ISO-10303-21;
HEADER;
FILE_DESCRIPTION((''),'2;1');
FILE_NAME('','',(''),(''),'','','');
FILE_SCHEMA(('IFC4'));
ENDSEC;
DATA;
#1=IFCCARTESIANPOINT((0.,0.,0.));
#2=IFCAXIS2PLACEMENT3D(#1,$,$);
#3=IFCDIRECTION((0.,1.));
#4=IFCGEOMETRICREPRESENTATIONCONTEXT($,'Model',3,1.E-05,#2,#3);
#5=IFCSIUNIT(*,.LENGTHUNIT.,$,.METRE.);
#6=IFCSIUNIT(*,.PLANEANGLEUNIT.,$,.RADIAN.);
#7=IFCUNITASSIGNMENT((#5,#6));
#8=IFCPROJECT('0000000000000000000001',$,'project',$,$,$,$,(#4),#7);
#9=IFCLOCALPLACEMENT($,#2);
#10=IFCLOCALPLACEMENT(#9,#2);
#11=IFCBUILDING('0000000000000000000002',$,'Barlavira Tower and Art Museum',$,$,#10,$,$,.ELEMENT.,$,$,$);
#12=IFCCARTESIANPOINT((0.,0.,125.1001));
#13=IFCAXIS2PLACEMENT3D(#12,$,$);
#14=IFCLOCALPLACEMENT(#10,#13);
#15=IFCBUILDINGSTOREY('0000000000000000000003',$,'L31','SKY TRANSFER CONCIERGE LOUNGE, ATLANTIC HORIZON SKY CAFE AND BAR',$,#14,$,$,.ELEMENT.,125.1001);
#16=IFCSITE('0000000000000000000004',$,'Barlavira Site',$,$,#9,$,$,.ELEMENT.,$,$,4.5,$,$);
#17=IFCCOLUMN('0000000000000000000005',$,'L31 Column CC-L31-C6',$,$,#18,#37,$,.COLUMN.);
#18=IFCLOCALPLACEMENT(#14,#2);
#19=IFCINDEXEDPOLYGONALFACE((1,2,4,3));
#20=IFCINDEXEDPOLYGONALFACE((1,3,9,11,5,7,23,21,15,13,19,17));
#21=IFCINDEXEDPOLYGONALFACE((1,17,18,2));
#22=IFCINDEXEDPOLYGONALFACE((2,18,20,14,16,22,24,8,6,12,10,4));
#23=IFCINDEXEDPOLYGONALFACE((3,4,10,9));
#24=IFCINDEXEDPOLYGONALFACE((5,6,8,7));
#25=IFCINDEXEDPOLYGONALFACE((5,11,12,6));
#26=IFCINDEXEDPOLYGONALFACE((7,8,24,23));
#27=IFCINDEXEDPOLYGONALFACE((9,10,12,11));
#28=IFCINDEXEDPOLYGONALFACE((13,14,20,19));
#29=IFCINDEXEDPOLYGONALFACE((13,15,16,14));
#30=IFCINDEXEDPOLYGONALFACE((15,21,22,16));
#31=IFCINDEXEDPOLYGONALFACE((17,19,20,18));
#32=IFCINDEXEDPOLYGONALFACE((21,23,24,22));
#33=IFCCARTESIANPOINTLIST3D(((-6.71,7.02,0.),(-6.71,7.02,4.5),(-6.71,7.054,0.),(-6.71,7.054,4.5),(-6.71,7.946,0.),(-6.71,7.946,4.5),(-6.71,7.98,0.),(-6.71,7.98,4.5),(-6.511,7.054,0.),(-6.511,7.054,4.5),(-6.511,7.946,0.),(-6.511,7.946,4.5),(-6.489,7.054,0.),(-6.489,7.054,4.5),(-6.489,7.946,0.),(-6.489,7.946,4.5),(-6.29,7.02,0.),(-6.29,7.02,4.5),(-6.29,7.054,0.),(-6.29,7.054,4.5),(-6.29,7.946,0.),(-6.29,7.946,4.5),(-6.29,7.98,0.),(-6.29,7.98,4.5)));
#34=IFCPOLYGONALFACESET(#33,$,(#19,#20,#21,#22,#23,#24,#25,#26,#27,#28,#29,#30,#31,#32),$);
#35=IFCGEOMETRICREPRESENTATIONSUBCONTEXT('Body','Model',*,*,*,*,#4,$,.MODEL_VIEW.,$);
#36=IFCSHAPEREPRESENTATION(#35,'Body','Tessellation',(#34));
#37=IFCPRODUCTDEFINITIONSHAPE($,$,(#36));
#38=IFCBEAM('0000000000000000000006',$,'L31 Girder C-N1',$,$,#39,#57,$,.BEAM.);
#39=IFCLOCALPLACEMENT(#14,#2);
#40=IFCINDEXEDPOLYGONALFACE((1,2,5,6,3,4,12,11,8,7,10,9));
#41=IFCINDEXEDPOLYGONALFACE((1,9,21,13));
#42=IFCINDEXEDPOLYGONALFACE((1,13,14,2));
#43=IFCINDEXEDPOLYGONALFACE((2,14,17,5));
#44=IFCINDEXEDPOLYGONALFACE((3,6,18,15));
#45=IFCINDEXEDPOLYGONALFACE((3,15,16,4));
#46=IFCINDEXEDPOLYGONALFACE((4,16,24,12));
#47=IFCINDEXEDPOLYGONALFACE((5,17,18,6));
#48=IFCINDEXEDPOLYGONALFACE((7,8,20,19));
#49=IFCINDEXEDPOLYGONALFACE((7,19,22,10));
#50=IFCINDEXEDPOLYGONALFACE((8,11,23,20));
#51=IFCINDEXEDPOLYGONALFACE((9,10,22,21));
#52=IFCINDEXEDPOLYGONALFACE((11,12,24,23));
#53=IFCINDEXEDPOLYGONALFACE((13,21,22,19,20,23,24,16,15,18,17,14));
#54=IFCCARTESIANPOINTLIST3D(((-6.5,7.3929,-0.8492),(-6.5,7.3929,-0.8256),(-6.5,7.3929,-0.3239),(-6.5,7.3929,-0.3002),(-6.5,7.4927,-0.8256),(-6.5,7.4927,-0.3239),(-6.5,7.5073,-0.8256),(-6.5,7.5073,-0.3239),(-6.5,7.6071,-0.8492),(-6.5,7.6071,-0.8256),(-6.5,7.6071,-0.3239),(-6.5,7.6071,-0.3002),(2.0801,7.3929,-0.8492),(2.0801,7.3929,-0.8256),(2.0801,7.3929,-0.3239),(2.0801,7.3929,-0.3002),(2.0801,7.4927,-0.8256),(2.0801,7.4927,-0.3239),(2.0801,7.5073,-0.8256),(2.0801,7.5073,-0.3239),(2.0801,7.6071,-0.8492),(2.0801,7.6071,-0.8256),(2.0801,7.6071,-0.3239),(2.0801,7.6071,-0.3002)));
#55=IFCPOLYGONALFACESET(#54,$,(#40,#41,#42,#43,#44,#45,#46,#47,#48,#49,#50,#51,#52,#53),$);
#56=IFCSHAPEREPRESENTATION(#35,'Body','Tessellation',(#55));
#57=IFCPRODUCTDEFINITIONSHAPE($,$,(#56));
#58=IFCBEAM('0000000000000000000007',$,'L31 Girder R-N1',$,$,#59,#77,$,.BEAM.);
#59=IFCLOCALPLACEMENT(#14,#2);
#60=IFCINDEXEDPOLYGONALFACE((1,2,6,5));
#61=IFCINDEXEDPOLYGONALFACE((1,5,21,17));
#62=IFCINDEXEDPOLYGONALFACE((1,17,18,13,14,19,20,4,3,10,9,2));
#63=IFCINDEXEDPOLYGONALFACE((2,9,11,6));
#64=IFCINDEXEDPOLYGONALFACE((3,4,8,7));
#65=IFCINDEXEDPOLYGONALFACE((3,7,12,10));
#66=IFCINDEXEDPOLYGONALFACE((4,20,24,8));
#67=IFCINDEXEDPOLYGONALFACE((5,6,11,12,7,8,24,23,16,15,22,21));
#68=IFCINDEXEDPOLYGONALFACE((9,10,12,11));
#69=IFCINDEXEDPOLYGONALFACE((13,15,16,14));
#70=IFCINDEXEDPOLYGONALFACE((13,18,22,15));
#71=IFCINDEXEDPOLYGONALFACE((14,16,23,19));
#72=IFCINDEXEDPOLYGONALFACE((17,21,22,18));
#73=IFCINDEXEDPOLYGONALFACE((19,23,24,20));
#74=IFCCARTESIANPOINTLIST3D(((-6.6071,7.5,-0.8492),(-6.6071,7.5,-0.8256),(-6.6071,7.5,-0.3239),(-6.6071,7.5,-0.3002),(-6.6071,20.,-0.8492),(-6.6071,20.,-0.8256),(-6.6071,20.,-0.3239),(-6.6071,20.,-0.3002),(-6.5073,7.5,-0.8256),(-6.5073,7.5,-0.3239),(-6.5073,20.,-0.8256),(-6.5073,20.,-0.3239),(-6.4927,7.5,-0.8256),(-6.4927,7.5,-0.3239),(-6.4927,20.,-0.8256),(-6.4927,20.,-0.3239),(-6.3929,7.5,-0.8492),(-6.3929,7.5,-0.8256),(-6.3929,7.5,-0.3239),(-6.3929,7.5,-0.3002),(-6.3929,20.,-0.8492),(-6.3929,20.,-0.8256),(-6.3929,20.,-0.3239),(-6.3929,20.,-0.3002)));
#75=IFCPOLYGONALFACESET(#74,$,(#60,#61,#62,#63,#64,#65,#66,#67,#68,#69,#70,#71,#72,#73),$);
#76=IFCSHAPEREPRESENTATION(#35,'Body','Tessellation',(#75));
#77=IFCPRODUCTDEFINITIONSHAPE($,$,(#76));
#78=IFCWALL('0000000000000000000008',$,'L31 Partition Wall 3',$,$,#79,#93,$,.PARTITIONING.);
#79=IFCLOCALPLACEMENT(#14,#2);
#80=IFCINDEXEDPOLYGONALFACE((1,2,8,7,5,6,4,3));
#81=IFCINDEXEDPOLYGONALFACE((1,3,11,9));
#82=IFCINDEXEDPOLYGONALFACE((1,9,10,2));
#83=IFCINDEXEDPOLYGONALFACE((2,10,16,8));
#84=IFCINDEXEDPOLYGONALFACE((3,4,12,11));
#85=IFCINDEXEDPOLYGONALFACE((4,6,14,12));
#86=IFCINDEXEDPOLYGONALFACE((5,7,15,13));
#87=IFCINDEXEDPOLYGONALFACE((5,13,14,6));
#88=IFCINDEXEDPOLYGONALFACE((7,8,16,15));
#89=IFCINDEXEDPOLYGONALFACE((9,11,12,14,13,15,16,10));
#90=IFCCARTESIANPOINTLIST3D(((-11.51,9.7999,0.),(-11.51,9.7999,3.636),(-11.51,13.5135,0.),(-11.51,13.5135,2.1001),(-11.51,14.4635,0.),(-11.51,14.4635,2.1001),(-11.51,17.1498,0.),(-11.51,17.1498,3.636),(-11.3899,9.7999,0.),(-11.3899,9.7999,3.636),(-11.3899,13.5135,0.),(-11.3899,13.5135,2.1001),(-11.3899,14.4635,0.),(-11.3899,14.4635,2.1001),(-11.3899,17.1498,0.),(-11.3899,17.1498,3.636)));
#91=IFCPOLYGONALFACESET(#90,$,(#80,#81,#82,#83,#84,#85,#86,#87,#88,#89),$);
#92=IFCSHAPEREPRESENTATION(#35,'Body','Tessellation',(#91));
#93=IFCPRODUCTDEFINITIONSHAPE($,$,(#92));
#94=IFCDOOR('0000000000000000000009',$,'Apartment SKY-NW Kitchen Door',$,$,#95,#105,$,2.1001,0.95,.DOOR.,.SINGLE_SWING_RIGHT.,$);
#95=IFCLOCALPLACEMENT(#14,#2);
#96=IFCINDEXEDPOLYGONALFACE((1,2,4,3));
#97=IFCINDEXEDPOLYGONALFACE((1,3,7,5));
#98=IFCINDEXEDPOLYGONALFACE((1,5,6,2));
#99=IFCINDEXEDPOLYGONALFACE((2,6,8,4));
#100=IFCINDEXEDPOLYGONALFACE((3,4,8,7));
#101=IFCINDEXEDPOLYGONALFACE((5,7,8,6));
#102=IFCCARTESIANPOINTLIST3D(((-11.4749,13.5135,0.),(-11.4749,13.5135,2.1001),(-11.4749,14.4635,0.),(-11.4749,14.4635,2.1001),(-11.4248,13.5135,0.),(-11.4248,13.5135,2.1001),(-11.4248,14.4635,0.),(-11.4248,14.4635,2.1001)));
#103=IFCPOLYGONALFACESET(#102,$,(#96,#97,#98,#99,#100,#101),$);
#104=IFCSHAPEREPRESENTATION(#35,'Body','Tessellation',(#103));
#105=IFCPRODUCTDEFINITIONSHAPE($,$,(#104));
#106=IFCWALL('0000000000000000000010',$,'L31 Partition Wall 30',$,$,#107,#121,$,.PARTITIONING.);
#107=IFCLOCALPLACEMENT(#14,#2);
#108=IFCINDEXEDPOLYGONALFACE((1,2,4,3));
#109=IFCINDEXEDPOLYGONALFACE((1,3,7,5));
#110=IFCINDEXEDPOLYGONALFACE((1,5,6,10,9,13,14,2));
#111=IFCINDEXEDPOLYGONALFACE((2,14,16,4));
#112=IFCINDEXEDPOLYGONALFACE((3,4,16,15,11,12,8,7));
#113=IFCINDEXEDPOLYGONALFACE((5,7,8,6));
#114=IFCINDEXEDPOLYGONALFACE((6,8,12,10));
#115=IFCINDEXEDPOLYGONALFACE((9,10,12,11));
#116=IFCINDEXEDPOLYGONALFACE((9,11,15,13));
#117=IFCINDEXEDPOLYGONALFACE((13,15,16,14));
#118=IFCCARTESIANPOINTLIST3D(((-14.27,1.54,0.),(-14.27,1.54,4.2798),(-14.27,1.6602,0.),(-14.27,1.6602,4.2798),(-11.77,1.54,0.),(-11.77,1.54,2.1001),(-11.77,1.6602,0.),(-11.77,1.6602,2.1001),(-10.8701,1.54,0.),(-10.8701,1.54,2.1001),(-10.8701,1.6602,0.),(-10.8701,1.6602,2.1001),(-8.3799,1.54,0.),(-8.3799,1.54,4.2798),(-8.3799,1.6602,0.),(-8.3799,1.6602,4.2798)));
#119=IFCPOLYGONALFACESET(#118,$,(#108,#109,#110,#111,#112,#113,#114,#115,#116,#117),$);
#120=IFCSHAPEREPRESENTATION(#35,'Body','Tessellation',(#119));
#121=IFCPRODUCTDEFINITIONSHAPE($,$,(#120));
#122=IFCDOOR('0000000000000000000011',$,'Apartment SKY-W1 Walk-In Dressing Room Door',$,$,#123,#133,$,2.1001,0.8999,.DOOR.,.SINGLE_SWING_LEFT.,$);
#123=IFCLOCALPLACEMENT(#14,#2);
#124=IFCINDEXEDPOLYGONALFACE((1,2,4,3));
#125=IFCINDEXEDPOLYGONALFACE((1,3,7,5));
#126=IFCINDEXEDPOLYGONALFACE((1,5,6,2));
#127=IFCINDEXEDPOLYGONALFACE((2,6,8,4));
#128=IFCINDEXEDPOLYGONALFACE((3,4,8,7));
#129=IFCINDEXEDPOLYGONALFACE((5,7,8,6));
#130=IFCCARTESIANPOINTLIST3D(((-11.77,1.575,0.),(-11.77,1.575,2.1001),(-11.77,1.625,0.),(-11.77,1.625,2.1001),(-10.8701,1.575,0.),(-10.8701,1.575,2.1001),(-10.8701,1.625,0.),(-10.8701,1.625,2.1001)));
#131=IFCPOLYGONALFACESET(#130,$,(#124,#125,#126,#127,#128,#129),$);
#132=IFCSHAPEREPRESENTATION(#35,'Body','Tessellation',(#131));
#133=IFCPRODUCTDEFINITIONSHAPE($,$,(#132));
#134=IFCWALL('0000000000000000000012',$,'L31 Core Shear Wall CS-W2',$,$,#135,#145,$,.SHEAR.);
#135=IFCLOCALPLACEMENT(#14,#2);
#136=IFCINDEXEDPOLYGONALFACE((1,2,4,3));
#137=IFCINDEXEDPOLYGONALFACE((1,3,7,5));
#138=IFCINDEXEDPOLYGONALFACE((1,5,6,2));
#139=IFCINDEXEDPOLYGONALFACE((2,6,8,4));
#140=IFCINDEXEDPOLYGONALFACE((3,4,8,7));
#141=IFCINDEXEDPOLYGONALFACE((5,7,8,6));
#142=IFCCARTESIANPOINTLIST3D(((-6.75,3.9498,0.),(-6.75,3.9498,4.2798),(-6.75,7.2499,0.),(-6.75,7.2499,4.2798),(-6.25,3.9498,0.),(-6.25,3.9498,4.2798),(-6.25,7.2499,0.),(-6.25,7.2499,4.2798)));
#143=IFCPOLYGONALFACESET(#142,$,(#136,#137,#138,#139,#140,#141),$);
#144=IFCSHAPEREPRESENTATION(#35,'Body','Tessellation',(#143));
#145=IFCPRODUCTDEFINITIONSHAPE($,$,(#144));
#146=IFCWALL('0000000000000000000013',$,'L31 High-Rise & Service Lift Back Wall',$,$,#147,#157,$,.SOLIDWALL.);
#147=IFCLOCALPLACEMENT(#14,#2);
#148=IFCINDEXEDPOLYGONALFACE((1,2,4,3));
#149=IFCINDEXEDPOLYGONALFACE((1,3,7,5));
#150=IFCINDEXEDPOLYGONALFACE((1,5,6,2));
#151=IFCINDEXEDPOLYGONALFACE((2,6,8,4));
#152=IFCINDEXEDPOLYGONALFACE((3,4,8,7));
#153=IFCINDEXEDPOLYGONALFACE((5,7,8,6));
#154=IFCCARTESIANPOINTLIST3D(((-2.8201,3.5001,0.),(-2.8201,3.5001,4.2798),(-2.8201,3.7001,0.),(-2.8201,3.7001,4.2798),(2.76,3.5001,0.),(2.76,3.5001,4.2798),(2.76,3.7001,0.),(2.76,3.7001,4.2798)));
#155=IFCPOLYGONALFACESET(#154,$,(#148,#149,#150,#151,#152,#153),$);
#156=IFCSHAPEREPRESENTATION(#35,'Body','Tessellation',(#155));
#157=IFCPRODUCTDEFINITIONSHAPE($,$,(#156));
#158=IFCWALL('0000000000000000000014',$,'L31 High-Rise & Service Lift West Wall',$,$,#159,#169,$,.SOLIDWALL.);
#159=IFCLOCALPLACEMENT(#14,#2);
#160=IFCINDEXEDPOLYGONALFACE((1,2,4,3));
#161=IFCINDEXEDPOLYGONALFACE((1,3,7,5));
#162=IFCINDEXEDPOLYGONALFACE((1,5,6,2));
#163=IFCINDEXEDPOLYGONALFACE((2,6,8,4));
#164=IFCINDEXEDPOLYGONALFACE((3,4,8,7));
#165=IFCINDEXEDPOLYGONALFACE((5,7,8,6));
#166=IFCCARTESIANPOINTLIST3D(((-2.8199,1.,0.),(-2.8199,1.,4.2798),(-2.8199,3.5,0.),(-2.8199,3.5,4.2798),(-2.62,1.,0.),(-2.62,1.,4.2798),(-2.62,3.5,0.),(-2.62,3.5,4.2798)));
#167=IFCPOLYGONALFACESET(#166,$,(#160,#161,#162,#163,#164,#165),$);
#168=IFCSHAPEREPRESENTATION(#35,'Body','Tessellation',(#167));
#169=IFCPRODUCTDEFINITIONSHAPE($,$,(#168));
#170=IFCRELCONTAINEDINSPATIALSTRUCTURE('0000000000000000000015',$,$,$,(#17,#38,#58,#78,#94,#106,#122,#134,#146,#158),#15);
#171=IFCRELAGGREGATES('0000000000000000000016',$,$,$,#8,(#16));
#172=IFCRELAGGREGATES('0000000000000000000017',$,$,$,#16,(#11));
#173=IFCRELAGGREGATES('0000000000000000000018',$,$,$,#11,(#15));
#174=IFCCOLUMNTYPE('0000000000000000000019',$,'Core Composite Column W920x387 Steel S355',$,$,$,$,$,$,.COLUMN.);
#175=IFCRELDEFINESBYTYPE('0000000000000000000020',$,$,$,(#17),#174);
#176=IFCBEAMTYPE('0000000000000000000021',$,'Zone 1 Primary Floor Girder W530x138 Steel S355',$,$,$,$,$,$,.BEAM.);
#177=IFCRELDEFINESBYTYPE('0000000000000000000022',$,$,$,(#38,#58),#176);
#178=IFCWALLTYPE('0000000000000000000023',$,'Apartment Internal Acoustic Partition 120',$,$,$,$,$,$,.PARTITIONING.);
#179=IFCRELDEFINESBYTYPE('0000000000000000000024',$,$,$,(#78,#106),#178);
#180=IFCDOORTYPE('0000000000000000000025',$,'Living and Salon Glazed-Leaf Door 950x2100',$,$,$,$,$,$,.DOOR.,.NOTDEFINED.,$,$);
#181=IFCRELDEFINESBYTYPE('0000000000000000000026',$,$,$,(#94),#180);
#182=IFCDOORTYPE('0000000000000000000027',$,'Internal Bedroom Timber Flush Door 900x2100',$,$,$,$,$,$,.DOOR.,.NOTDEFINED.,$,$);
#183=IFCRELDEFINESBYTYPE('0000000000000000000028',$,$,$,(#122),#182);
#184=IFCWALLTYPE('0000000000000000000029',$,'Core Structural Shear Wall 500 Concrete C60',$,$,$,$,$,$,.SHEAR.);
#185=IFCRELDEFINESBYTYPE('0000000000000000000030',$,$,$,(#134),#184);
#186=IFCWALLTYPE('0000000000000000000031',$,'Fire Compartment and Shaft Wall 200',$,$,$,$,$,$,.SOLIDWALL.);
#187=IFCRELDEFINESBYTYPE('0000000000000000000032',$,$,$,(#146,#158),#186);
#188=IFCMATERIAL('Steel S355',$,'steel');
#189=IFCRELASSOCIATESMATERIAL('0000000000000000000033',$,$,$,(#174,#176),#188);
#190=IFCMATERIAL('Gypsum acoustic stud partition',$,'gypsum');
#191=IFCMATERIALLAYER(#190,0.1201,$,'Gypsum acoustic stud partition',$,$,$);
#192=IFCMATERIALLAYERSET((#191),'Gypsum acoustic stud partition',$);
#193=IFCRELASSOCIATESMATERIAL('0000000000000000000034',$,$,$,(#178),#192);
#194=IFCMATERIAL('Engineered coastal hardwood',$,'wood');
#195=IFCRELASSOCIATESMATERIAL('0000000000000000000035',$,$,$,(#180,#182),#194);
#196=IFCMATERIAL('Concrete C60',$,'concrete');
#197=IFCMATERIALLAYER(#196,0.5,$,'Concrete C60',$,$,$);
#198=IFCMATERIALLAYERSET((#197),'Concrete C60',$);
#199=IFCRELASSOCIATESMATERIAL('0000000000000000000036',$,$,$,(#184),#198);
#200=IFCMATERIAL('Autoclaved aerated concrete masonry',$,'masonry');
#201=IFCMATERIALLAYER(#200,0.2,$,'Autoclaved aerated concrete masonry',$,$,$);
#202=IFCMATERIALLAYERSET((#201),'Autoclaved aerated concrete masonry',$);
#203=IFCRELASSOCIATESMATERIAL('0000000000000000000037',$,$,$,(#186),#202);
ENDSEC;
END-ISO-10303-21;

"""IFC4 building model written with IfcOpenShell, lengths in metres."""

from ifc_helpers import new_model, si_unit, direction, frame, frame_2d, origin, origin_2d, place, context, subcontext, project, spatial, rectangle, i_section, extrude, material, layer, layer_set, material_profile, profile_set, type_object, element, fill, save


model = new_model("IFC4")

# Units and contexts
model_context = context("Model", 3, precision=1e-05, world=origin(), true_north=direction((0.0, 1.0)))
body_context = subcontext(model_context, "Body", "Model", "MODEL_VIEW")
ifc_project = project(units=[si_unit("LENGTHUNIT", "METRE"), si_unit("PLANEANGLEUNIT", "RADIAN")], contexts=[model_context])

# Site, building, storey
site_placement = place(None, origin())
site = spatial("IfcSite", under=ifc_project, at=site_placement, Name="Barlavira Site", CompositionType="ELEMENT", RefElevation=4.5)
building_placement = place(site_placement, origin())
building = spatial("IfcBuilding", under=site, at=building_placement, Name="Barlavira Tower and Art Museum", CompositionType="ELEMENT")
storey_placement = place(building_placement, frame((0.0, 0.0, 125.1001)))
storey = spatial("IfcBuildingStorey", under=building, at=storey_placement, Name="L31", Description="SKY TRANSFER CONCIERGE LOUNGE, ATLANTIC HORIZON SKY CAFE AND BAR", CompositionType="ELEMENT", Elevation=125.1001)

# Column
ifc_material_1 = material(Name="Steel S355", Category="steel")
ifc_material_profile_1 = material_profile(ifc_material_1, i_section(OverallWidth=0.4199, OverallDepth=0.96, WebThickness=0.022, FlangeThickness=0.0339, at=origin_2d()), Name="W920x387.0")
ifc_profile_set_1 = profile_set([ifc_material_profile_1], Name="Steel S355")
column_type = type_object("IfcColumnType", Name="Core Composite Column W920x387 Steel S355", PredefinedType="COLUMN", material=ifc_profile_set_1)
column_placement = place(storey_placement, frame((-6.5, 7.5, 0.0), z_axis=(0.0, 0.0, 1.0), x_axis=(1.0, 0.0, 0.0)))
element("IfcColumn", 1, at=column_placement, inside=storey, type_object=column_type, Name="L31 Column CC-L31-C6", PredefinedType="COLUMN", context=body_context, shape_type="SweptSolid", body=[
    extrude(i_section(OverallWidth=0.4199, OverallDepth=0.96, WebThickness=0.022, FlangeThickness=0.0339, at=origin_2d()), origin(), (0.0, 0.0, 1.0), 4.5),
])

# Beams
ifc_material_profile_2 = material_profile(ifc_material_1, i_section(OverallWidth=0.2141, OverallDepth=0.5491, WebThickness=0.0146, FlangeThickness=0.0237, at=origin_2d()), Name="W530x138.0")
ifc_profile_set_2 = profile_set([ifc_material_profile_2], Name="Steel S355")
beam_type = type_object("IfcBeamType", Name="Zone 1 Primary Floor Girder W530x138 Steel S355", PredefinedType="BEAM", material=ifc_profile_set_2)
beam_1_placement = place(storey_placement, frame((-6.5, 7.5, -0.5747), z_axis=(1.0, 0.0, 0.0), x_axis=(0.0, 1.0, 0.0)))
element("IfcBeam", 2, at=beam_1_placement, inside=storey, type_object=beam_type, Name="L31 Girder C-N1", PredefinedType="BEAM", context=body_context, shape_type="SweptSolid", body=[
    extrude(i_section(OverallWidth=0.2141, OverallDepth=0.5491, WebThickness=0.0146, FlangeThickness=0.0237, at=origin_2d()), origin(), (0.0, 0.0, 1.0), 8.5801),
])
beam_2_placement = place(storey_placement, frame((-6.5, 7.5, -0.5747), z_axis=(0.0, 1.0, 0.0), x_axis=(-1.0, 0.0, 0.0)))
element("IfcBeam", 3, at=beam_2_placement, inside=storey, type_object=beam_type, Name="L31 Girder R-N1", PredefinedType="BEAM", context=body_context, shape_type="SweptSolid", body=[
    extrude(i_section(OverallWidth=0.2141, OverallDepth=0.5491, WebThickness=0.0146, FlangeThickness=0.0237, at=origin_2d()), origin(), (0.0, 0.0, 1.0), 12.5),
])

# Walls, openings, doors
ifc_material_2 = material(Name="Gypsum acoustic stud partition", Category="gypsum")
ifc_layer_1 = layer(ifc_material_2, 0.1201, Name="Gypsum acoustic stud partition")
ifc_layer_set_1 = layer_set([ifc_layer_1], Name="Gypsum acoustic stud partition")
wall_type_1 = type_object("IfcWallType", Name="Apartment Internal Acoustic Partition 120", PredefinedType="PARTITIONING", material=ifc_layer_set_1)
wall_1_placement = place(storey_placement, frame((-11.45, 9.8, 0.0), z_axis=(0.0, 0.0, 1.0), x_axis=(0.0, 1.0, 0.0)))
wall_1 = element("IfcWall", 4, at=wall_1_placement, inside=storey, type_object=wall_type_1, Name="L31 Partition Wall 3", PredefinedType="PARTITIONING", context=body_context, shape_type="SweptSolid", body=[
    extrude(rectangle(XDim=7.3499, YDim=0.1201, at=frame_2d((3.6748, 0.0))), origin(), (0.0, 0.0, 1.0), 3.636),
])
opening_1_placement = place(wall_1_placement, frame((3.7134, 0.0, 0.0)))
opening_1 = element("IfcOpeningElement", 5, at=opening_1_placement, cuts=wall_1, PredefinedType="OPENING", context=body_context, shape_type="SweptSolid", body=[
    extrude(rectangle(XDim=0.95, YDim=2.1001, at=frame_2d((0.4751, 1.05))), frame((0.0, 0.0701, 0.0), z_axis=(0.0, -1.0, 0.0), x_axis=(1.0, 0.0, 0.0)), (0.0, 0.0, 1.0), 0.1401),
])
ifc_material_3 = material(Name="Engineered coastal hardwood", Category="wood")
door_type_1 = type_object("IfcDoorType", Name="Living and Salon Glazed-Leaf Door 950x2100", OperationType="NOTDEFINED", PredefinedType="DOOR", material=ifc_material_3)
door_1_placement = place(opening_1_placement, origin())
door_1 = element("IfcDoor", 6, at=door_1_placement, inside=storey, type_object=door_type_1, Name="Apartment SKY-NW Kitchen Door", OperationType="SINGLE_SWING_RIGHT", OverallHeight=2.1001, OverallWidth=0.95, PredefinedType="DOOR", context=body_context, shape_type="SweptSolid", body=[
    extrude(rectangle(XDim=0.95, YDim=2.1001, at=frame_2d((0.4751, 1.05))), frame((0.0, 0.0249, 0.0), z_axis=(0.0, -1.0, 0.0), x_axis=(1.0, 0.0, 0.0)), (0.0, 0.0, 1.0), 0.05),
])
fill(opening_1, door_1)
wall_2_placement = place(storey_placement, frame((-14.27, 1.6001, 0.0), z_axis=(0.0, 0.0, 1.0), x_axis=(1.0, 0.0, 0.0)))
wall_2 = element("IfcWall", 7, at=wall_2_placement, inside=storey, type_object=wall_type_1, Name="L31 Partition Wall 30", PredefinedType="PARTITIONING", context=body_context, shape_type="SweptSolid", body=[
    extrude(rectangle(XDim=5.8901, YDim=0.1201, at=frame_2d((2.9451, 0.0))), origin(), (0.0, 0.0, 1.0), 4.2798),
])
opening_2_placement = place(wall_2_placement, frame((2.5, 0.0, 0.0)))
opening_2 = element("IfcOpeningElement", 8, at=opening_2_placement, cuts=wall_2, PredefinedType="OPENING", context=body_context, shape_type="SweptSolid", body=[
    extrude(rectangle(XDim=0.8999, YDim=2.1001, at=frame_2d((0.45, 1.05))), frame((0.0, 0.0701, 0.0), z_axis=(0.0, -1.0, 0.0), x_axis=(1.0, 0.0, 0.0)), (0.0, 0.0, 1.0), 0.1401),
])
door_type_2 = type_object("IfcDoorType", Name="Internal Bedroom Timber Flush Door 900x2100", OperationType="NOTDEFINED", PredefinedType="DOOR", material=ifc_material_3)
door_2_placement = place(opening_2_placement, origin())
door_2 = element("IfcDoor", 9, at=door_2_placement, inside=storey, type_object=door_type_2, Name="Apartment SKY-W1 Walk-In Dressing Room Door", OperationType="SINGLE_SWING_LEFT", OverallHeight=2.1001, OverallWidth=0.8999, PredefinedType="DOOR", context=body_context, shape_type="SweptSolid", body=[
    extrude(rectangle(XDim=0.8999, YDim=2.1001, at=frame_2d((0.45, 1.05))), frame((0.0, 0.0249, 0.0), z_axis=(0.0, -1.0, 0.0), x_axis=(1.0, 0.0, 0.0)), (0.0, 0.0, 1.0), 0.05),
])
fill(opening_2, door_2)
ifc_material_4 = material(Name="Concrete C60", Category="concrete")
ifc_layer_2 = layer(ifc_material_4, 0.5, Name="Concrete C60")
ifc_layer_set_2 = layer_set([ifc_layer_2], Name="Concrete C60")
wall_type_2 = type_object("IfcWallType", Name="Core Structural Shear Wall 500 Concrete C60", PredefinedType="SHEAR", material=ifc_layer_set_2)

# Walls
wall_3_placement = place(storey_placement, frame((-6.5, 3.95, 0.0), z_axis=(0.0, 0.0, 1.0), x_axis=(0.0, 1.0, 0.0)))
element("IfcWall", 10, at=wall_3_placement, inside=storey, type_object=wall_type_2, Name="L31 Core Shear Wall CS-W2", PredefinedType="SHEAR", context=body_context, shape_type="SweptSolid", body=[
    extrude(rectangle(XDim=3.3, YDim=0.5, at=frame_2d((1.6499, 0.0))), origin(), (0.0, 0.0, 1.0), 4.2798),
])
ifc_material_5 = material(Name="Autoclaved aerated concrete masonry", Category="masonry")
ifc_layer_3 = layer(ifc_material_5, 0.2, Name="Autoclaved aerated concrete masonry")
ifc_layer_set_3 = layer_set([ifc_layer_3], Name="Autoclaved aerated concrete masonry")
wall_type_3 = type_object("IfcWallType", Name="Fire Compartment and Shaft Wall 200", PredefinedType="SOLIDWALL", material=ifc_layer_set_3)
wall_4_placement = place(storey_placement, frame((-2.8201, 3.6001, 0.0), z_axis=(0.0, 0.0, 1.0), x_axis=(1.0, 0.0, 0.0)))
element("IfcWall", 11, at=wall_4_placement, inside=storey, type_object=wall_type_3, Name="L31 High-Rise & Service Lift Back Wall", PredefinedType="SOLIDWALL", context=body_context, shape_type="SweptSolid", body=[
    extrude(rectangle(XDim=5.5801, YDim=0.2, at=frame_2d((2.79, 0.0))), origin(), (0.0, 0.0, 1.0), 4.2798),
])
wall_5_placement = place(storey_placement, frame((-2.72, 1.0, 0.0), z_axis=(0.0, 0.0, 1.0), x_axis=(0.0, 1.0, 0.0)))
element("IfcWall", 12, at=wall_5_placement, inside=storey, type_object=wall_type_3, Name="L31 High-Rise & Service Lift West Wall", PredefinedType="SOLIDWALL", context=body_context, shape_type="SweptSolid", body=[
    extrude(rectangle(XDim=2.5, YDim=0.2, at=frame_2d((1.25, 0.0))), origin(), (0.0, 0.0, 1.0), 4.2798),
])

save(model, "model.ifc")
